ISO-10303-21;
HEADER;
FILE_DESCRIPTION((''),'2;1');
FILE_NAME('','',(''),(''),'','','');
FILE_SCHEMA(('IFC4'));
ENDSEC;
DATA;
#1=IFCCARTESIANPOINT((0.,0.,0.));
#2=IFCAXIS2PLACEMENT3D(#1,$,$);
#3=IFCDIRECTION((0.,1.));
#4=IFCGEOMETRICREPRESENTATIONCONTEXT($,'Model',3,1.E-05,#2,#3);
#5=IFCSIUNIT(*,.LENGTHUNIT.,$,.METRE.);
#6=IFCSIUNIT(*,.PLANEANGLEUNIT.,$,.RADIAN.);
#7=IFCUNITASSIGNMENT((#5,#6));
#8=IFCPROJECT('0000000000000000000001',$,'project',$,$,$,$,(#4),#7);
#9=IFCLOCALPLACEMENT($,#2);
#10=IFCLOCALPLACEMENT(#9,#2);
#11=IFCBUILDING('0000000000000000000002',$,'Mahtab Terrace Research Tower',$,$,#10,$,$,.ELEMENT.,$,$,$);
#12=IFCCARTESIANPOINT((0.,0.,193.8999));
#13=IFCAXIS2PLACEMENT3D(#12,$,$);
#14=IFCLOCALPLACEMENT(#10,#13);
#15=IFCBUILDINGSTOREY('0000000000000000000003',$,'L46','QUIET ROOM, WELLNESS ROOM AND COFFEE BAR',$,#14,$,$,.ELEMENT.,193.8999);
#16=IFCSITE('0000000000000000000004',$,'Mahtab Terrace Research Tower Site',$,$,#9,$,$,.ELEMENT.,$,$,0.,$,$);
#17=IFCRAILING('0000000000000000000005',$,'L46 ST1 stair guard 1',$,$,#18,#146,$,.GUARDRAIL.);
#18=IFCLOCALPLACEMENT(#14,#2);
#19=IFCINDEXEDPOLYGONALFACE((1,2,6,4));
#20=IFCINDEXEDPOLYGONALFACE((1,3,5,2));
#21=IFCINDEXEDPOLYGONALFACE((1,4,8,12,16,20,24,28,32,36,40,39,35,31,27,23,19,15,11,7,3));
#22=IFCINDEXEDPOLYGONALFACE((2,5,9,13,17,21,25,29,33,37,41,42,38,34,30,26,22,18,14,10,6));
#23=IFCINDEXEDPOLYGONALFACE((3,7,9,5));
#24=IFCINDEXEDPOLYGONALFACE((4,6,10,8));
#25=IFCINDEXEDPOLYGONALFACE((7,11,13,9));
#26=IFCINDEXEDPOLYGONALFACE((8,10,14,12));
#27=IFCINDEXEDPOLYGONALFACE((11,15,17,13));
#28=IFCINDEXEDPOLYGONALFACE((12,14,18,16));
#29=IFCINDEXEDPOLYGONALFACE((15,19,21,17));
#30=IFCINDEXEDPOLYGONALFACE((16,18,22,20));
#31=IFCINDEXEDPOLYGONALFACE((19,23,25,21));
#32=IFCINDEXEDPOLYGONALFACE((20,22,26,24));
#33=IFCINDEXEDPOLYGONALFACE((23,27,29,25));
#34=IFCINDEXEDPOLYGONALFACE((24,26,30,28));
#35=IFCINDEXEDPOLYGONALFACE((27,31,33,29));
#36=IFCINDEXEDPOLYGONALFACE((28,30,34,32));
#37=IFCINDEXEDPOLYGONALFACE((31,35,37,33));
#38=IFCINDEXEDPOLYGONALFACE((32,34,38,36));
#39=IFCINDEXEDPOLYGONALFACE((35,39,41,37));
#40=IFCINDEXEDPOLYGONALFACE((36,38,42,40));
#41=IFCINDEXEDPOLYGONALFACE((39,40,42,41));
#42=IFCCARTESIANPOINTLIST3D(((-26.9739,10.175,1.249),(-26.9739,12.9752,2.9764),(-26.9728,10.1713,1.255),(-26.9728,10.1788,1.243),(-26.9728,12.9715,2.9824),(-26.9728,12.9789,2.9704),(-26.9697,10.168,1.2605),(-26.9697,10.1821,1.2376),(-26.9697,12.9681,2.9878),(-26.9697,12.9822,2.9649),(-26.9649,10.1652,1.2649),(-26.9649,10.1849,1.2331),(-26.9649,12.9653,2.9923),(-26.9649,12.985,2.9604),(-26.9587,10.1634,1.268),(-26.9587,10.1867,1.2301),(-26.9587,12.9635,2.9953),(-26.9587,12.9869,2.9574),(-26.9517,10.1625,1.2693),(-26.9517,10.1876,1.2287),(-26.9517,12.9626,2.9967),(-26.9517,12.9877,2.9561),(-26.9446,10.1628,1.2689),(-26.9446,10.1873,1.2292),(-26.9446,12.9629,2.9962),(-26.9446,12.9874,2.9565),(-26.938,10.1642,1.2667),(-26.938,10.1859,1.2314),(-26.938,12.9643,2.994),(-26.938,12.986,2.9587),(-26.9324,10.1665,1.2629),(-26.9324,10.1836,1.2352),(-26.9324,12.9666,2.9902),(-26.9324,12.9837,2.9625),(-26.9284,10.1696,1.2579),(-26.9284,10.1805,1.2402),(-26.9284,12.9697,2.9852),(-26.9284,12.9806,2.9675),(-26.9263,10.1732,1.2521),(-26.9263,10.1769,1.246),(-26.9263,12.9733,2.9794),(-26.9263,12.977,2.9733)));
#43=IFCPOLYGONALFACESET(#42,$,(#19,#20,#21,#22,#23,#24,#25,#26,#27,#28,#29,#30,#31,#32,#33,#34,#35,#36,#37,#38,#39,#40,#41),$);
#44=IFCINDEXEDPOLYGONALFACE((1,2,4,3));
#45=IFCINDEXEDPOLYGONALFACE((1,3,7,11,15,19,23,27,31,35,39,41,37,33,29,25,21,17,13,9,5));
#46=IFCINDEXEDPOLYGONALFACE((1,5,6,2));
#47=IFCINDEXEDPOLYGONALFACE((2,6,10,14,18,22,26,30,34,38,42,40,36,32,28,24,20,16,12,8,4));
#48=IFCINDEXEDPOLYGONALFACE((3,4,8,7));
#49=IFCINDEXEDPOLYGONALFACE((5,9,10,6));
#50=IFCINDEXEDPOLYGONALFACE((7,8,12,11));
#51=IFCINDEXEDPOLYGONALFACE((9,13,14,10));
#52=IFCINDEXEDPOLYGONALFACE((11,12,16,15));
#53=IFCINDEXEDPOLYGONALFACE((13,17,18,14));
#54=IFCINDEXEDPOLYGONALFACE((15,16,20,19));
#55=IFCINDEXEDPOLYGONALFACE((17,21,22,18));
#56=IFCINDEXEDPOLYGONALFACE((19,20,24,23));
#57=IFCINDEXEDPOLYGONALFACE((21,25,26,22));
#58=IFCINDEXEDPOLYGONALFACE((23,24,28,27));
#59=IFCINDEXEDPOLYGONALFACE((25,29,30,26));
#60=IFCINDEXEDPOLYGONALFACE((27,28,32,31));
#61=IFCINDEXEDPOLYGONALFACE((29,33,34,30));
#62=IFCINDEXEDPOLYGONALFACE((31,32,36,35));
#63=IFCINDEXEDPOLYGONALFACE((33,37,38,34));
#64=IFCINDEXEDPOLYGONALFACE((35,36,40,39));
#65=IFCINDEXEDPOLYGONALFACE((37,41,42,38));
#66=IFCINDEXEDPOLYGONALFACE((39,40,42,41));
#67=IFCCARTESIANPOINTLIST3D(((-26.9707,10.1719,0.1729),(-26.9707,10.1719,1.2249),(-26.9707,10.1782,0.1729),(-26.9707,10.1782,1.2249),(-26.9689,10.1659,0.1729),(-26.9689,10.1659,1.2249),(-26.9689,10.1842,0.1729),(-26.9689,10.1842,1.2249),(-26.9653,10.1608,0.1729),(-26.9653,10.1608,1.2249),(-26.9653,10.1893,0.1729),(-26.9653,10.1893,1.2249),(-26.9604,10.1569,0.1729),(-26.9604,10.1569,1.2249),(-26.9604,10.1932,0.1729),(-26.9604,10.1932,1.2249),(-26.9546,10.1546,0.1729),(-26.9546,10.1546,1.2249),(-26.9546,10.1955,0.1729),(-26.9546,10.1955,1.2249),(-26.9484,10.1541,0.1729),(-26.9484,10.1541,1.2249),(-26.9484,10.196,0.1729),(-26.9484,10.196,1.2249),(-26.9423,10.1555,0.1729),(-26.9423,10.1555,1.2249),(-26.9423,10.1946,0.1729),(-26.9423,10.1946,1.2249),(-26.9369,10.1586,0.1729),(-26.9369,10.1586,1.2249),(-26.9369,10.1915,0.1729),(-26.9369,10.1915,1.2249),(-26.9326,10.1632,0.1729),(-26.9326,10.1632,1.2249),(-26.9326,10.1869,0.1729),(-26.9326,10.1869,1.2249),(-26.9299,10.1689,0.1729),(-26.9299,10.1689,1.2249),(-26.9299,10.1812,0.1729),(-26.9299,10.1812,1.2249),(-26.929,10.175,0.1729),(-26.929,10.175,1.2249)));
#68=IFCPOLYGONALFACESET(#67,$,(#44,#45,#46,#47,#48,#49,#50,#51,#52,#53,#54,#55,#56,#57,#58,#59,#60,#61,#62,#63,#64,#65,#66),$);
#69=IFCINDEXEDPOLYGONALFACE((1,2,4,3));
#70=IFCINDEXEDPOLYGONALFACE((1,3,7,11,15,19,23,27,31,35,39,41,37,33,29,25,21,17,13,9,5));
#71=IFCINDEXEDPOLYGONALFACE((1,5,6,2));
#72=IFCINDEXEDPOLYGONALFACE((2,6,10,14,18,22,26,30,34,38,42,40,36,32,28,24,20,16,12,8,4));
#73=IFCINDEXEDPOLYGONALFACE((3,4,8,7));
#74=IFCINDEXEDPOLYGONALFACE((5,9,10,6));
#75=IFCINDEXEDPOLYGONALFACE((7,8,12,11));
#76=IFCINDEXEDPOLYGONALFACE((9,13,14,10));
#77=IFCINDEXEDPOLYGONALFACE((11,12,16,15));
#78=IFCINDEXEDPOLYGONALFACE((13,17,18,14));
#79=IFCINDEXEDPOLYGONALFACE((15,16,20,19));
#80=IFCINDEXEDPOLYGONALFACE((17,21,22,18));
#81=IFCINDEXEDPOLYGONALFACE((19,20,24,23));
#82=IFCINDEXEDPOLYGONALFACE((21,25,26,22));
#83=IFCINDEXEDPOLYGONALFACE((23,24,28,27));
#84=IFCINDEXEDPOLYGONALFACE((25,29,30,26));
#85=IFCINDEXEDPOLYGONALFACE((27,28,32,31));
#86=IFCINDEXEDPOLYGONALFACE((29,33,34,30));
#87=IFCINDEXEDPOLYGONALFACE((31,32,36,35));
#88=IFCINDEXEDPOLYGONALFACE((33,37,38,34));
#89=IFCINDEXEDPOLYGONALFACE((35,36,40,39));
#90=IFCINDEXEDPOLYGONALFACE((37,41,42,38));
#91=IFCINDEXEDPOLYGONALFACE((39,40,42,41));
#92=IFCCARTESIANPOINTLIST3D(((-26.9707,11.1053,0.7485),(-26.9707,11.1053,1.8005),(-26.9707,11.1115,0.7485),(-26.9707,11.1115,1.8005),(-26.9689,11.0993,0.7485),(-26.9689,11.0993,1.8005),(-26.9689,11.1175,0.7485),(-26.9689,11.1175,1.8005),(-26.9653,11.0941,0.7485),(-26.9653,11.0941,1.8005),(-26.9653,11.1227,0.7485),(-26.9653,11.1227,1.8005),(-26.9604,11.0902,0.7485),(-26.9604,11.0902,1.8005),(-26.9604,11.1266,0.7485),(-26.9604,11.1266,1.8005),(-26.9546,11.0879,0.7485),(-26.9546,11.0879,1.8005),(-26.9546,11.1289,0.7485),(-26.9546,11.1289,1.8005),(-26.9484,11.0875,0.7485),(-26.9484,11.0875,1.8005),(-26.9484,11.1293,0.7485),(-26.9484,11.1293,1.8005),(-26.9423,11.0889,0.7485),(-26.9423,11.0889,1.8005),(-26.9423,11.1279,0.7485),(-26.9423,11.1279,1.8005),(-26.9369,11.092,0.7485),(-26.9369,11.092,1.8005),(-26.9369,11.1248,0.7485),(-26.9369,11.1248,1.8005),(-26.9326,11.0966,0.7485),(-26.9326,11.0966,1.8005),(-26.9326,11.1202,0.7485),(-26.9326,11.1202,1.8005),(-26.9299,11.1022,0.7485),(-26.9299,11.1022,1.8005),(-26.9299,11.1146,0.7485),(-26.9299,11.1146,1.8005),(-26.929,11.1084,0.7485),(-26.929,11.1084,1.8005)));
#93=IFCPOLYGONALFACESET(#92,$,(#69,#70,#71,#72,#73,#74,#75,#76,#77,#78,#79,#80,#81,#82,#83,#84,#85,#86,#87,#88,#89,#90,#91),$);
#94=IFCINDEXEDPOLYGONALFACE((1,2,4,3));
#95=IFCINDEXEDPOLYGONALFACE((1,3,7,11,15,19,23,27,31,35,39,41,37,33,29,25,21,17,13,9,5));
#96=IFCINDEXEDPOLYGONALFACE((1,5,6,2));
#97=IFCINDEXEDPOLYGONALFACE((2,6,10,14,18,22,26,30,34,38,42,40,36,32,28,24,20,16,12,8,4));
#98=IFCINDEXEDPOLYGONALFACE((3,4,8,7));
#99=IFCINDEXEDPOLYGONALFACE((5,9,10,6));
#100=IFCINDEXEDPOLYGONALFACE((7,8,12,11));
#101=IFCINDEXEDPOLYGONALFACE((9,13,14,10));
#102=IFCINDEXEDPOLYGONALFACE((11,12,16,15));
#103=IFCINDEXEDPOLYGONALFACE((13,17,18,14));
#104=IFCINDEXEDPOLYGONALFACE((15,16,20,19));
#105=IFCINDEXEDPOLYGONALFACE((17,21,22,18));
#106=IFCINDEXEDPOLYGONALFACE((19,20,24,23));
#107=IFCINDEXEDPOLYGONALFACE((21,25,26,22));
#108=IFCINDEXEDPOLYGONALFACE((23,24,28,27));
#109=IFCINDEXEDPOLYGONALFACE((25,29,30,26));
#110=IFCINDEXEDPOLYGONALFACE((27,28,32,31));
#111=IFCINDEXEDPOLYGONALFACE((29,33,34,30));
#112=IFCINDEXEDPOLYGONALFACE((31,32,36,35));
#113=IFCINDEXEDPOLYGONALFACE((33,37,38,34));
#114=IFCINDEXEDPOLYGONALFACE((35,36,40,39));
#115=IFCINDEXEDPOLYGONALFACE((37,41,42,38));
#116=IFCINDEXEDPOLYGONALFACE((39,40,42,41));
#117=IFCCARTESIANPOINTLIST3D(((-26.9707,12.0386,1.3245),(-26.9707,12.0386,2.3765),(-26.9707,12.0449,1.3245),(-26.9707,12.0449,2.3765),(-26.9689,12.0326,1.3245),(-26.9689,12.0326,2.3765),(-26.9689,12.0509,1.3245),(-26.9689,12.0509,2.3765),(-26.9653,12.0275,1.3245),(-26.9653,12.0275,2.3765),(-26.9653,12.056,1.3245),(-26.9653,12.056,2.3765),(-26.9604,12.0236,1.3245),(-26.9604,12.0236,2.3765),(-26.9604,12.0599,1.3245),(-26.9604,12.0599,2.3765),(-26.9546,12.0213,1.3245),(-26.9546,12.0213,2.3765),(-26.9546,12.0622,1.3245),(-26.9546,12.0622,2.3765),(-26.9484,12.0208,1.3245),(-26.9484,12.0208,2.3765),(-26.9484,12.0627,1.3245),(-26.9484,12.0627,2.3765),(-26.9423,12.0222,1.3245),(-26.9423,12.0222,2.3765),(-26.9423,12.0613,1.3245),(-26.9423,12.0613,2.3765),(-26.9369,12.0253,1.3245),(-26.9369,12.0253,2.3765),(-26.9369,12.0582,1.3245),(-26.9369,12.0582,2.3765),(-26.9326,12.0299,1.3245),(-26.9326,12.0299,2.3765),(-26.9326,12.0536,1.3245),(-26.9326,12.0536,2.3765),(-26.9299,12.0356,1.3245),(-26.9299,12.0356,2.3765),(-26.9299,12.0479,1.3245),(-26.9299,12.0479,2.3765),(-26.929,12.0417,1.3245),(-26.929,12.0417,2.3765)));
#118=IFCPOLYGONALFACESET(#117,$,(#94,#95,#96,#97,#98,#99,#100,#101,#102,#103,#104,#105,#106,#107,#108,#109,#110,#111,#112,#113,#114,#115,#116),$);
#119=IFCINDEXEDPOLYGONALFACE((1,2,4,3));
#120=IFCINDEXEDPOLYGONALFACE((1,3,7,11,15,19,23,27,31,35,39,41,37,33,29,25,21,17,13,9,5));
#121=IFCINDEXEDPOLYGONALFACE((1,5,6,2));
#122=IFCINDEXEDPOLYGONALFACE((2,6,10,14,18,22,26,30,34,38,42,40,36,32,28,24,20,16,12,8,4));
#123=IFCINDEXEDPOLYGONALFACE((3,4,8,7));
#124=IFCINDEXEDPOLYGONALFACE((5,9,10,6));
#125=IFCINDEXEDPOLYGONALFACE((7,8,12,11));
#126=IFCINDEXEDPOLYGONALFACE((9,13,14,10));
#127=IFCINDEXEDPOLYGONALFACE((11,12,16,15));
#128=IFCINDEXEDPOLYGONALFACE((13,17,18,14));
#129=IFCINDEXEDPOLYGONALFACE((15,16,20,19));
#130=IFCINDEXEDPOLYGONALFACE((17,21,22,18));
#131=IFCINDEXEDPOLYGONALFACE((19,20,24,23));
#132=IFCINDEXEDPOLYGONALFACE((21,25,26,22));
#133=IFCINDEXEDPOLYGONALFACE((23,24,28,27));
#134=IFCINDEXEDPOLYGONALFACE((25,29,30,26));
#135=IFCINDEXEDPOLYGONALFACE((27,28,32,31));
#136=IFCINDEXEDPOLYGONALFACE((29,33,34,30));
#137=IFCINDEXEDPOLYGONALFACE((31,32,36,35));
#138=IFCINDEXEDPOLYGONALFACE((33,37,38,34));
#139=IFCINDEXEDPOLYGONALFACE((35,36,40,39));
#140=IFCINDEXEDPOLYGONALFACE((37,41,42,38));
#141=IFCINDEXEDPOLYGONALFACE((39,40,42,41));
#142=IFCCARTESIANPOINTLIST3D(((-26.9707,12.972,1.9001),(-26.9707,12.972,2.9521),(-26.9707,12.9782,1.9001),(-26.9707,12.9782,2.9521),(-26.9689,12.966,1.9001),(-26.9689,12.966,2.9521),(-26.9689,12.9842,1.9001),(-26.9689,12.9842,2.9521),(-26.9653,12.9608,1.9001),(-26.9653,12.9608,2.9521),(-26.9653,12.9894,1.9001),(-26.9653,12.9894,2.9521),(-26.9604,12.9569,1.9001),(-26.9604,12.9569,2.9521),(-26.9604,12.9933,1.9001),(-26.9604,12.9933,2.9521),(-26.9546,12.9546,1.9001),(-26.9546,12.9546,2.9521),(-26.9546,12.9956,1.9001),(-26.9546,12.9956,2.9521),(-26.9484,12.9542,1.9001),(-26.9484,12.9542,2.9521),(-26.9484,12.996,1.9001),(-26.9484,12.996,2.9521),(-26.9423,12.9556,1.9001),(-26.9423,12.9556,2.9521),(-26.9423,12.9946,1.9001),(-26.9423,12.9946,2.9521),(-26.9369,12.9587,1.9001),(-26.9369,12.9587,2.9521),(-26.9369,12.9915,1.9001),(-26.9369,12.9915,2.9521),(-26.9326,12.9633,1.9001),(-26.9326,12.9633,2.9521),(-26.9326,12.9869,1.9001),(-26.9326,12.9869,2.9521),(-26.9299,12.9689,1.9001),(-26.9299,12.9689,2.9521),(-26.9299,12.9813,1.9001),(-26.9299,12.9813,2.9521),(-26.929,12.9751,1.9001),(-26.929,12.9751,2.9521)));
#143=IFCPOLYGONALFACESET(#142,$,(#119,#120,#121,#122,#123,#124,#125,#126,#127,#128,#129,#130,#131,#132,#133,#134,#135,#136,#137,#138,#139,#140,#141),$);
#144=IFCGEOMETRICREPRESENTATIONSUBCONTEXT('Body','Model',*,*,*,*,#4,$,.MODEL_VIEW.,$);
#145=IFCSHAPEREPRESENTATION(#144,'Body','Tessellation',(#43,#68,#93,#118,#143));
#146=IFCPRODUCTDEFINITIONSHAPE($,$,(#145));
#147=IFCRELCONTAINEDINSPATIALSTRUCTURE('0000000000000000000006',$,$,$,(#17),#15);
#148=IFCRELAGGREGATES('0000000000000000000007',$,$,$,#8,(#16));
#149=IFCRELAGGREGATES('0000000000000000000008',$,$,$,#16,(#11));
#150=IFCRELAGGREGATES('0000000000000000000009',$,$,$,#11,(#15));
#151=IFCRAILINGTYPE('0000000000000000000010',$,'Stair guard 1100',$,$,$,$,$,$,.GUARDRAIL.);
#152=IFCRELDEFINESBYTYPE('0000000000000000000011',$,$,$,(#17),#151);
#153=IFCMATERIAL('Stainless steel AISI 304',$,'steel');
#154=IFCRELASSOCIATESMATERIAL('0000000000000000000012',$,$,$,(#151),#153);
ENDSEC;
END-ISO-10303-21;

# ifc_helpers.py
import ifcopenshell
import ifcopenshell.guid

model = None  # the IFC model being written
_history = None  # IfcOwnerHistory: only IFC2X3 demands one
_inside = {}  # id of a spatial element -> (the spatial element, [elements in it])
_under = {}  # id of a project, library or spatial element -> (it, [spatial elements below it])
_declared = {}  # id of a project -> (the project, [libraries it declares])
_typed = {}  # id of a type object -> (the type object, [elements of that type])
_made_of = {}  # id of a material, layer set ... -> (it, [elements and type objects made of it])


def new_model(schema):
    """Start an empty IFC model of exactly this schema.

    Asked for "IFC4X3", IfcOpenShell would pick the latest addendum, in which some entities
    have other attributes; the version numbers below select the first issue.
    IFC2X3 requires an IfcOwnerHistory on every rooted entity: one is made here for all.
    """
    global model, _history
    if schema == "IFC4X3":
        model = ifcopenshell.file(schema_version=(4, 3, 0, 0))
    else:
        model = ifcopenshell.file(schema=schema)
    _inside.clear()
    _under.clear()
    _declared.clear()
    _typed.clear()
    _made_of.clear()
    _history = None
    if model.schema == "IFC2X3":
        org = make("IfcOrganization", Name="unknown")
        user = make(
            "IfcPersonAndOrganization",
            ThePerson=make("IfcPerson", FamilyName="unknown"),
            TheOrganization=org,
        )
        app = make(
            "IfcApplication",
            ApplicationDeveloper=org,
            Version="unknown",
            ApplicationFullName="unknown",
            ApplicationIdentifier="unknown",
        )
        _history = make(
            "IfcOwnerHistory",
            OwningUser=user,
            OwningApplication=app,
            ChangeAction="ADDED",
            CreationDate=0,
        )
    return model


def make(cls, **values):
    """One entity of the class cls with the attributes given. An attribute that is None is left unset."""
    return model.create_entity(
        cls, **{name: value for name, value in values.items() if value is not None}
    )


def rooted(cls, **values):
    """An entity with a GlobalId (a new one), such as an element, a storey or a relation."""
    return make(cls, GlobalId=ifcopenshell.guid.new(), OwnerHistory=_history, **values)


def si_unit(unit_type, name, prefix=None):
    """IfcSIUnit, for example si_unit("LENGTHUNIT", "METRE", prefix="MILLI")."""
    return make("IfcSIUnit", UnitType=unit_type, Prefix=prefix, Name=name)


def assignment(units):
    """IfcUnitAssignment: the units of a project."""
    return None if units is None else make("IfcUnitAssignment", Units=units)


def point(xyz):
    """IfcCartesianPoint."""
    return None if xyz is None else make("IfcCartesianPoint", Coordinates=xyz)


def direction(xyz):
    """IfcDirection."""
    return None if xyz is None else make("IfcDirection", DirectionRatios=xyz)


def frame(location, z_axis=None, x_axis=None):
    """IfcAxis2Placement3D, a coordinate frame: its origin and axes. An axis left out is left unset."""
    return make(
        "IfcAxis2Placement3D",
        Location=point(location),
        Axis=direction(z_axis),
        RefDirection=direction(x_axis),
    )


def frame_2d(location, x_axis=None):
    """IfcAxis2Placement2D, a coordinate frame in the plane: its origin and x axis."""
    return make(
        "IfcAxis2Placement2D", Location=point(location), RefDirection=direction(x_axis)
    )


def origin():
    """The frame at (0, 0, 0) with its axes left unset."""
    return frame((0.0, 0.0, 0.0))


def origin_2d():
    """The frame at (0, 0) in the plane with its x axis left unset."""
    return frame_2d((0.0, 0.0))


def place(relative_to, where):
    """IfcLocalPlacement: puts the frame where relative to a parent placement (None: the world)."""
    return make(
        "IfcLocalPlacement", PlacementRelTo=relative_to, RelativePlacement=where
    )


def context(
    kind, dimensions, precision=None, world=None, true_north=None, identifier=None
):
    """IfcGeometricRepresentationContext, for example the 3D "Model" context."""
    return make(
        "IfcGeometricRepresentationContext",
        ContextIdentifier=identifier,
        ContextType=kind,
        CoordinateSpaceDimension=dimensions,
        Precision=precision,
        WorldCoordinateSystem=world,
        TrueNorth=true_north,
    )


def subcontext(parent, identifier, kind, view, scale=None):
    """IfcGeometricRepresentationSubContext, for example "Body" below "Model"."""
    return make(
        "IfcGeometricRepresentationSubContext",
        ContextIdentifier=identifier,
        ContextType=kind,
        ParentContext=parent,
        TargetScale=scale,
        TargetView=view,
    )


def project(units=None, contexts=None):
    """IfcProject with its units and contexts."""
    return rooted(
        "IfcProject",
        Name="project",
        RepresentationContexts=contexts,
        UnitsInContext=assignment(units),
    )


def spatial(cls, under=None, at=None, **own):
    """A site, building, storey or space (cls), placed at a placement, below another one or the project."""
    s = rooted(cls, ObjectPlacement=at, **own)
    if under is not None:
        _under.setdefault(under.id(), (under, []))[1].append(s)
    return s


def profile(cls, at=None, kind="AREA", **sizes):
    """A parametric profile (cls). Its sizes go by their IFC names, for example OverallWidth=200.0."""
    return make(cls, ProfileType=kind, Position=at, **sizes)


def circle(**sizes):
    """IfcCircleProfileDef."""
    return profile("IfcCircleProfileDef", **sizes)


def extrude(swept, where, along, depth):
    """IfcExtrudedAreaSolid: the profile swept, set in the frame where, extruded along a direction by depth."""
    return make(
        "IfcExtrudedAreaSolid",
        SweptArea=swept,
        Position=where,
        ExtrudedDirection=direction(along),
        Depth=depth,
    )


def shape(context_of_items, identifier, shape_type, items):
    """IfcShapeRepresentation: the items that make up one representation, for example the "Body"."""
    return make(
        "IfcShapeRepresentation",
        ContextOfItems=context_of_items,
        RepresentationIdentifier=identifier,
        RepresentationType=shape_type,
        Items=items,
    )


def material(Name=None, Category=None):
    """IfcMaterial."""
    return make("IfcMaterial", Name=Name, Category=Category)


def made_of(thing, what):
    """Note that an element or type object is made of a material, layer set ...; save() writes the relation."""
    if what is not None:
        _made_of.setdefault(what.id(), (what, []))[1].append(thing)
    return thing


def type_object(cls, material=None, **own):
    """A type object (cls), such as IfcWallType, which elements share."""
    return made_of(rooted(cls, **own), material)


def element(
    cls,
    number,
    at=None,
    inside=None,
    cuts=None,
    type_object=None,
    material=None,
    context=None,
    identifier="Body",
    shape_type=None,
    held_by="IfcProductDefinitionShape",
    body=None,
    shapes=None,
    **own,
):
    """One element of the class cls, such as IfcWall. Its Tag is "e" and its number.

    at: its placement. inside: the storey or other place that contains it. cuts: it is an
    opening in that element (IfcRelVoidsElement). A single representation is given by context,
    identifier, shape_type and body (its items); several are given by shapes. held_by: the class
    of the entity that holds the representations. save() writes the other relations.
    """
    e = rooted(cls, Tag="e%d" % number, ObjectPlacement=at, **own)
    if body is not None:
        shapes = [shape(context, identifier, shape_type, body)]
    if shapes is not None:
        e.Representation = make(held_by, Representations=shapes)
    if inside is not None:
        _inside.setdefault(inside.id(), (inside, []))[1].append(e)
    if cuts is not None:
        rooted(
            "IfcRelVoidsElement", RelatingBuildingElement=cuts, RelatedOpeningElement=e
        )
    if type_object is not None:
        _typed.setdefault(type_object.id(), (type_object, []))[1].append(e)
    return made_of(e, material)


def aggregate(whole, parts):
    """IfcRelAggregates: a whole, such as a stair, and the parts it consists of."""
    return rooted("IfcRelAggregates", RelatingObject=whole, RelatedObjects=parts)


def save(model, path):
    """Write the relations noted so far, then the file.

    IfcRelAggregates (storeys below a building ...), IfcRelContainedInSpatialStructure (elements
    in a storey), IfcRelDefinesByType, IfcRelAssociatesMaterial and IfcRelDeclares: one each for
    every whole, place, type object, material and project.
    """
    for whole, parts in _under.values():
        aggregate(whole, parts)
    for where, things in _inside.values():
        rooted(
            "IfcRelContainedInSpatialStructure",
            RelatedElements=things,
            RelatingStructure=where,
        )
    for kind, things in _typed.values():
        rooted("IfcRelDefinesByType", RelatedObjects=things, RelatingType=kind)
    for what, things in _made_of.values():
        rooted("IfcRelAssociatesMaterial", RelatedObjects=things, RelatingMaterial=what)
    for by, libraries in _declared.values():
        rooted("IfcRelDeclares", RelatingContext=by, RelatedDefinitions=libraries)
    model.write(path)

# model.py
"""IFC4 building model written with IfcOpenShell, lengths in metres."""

from ifc_helpers import new_model, si_unit, direction, frame, origin, origin_2d, place, context, subcontext, project, spatial, circle, extrude, material, type_object, element, save


model = new_model("IFC4")

# Units and contexts
model_context = context("Model", 3, precision=1e-05, world=origin(), true_north=direction((0.0, 1.0)))
body_context = subcontext(model_context, "Body", "Model", "MODEL_VIEW")
ifc_project = project(units=[si_unit("LENGTHUNIT", "METRE"), si_unit("PLANEANGLEUNIT", "RADIAN")], contexts=[model_context])

# Site, building, storey
site_placement = place(None, origin())
site = spatial("IfcSite", under=ifc_project, at=site_placement, Name="Mahtab Terrace Research Tower Site", CompositionType="ELEMENT", RefElevation=0.0)
building_placement = place(site_placement, origin())
building = spatial("IfcBuilding", under=site, at=building_placement, Name="Mahtab Terrace Research Tower", CompositionType="ELEMENT")
storey_placement = place(building_placement, frame((0.0, 0.0, 193.8999)))
storey = spatial("IfcBuildingStorey", under=building, at=storey_placement, Name="L46", Description="QUIET ROOM, WELLNESS ROOM AND COFFEE BAR", CompositionType="ELEMENT", Elevation=193.8999)

# Railing
ifc_material_1 = material(Name="Stainless steel AISI 304", Category="steel")
railing_type_1 = type_object("IfcRailingType", Name="Stair guard 1100", PredefinedType="GUARDRAIL", material=ifc_material_1)
railing_1_placement = place(storey_placement, frame((-26.95, 10.175, 0.1729)))
element("IfcRailing", 1, at=railing_1_placement, inside=storey, type_object=railing_type_1, Name="L46 ST1 stair guard 1", PredefinedType="GUARDRAIL", context=body_context, shape_type="SweptSolid", body=[
    extrude(circle(Radius=0.0239, at=origin_2d()), frame((0.0, 0.0, 1.0762), z_axis=(0.0, 0.85109, 0.52502), x_axis=(-1.0, 0.0, 0.0)), (0.0, 0.0, 1.0), 3.29),
    extrude(circle(Radius=0.021, at=origin_2d()), origin(), (0.0, 0.0, 1.0), 1.052),
    extrude(circle(Radius=0.021, at=origin_2d()), frame((0.0, 0.9333, 0.5757)), (0.0, 0.0, 1.0), 1.052),
    extrude(circle(Radius=0.021, at=origin_2d()), frame((0.0, 1.8667, 1.1516)), (0.0, 0.0, 1.0), 1.052),
    extrude(circle(Radius=0.021, at=origin_2d()), frame((0.0, 2.8, 1.7273)), (0.0, 0.0, 1.0), 1.052),
])

save(model, "model.ifc")
